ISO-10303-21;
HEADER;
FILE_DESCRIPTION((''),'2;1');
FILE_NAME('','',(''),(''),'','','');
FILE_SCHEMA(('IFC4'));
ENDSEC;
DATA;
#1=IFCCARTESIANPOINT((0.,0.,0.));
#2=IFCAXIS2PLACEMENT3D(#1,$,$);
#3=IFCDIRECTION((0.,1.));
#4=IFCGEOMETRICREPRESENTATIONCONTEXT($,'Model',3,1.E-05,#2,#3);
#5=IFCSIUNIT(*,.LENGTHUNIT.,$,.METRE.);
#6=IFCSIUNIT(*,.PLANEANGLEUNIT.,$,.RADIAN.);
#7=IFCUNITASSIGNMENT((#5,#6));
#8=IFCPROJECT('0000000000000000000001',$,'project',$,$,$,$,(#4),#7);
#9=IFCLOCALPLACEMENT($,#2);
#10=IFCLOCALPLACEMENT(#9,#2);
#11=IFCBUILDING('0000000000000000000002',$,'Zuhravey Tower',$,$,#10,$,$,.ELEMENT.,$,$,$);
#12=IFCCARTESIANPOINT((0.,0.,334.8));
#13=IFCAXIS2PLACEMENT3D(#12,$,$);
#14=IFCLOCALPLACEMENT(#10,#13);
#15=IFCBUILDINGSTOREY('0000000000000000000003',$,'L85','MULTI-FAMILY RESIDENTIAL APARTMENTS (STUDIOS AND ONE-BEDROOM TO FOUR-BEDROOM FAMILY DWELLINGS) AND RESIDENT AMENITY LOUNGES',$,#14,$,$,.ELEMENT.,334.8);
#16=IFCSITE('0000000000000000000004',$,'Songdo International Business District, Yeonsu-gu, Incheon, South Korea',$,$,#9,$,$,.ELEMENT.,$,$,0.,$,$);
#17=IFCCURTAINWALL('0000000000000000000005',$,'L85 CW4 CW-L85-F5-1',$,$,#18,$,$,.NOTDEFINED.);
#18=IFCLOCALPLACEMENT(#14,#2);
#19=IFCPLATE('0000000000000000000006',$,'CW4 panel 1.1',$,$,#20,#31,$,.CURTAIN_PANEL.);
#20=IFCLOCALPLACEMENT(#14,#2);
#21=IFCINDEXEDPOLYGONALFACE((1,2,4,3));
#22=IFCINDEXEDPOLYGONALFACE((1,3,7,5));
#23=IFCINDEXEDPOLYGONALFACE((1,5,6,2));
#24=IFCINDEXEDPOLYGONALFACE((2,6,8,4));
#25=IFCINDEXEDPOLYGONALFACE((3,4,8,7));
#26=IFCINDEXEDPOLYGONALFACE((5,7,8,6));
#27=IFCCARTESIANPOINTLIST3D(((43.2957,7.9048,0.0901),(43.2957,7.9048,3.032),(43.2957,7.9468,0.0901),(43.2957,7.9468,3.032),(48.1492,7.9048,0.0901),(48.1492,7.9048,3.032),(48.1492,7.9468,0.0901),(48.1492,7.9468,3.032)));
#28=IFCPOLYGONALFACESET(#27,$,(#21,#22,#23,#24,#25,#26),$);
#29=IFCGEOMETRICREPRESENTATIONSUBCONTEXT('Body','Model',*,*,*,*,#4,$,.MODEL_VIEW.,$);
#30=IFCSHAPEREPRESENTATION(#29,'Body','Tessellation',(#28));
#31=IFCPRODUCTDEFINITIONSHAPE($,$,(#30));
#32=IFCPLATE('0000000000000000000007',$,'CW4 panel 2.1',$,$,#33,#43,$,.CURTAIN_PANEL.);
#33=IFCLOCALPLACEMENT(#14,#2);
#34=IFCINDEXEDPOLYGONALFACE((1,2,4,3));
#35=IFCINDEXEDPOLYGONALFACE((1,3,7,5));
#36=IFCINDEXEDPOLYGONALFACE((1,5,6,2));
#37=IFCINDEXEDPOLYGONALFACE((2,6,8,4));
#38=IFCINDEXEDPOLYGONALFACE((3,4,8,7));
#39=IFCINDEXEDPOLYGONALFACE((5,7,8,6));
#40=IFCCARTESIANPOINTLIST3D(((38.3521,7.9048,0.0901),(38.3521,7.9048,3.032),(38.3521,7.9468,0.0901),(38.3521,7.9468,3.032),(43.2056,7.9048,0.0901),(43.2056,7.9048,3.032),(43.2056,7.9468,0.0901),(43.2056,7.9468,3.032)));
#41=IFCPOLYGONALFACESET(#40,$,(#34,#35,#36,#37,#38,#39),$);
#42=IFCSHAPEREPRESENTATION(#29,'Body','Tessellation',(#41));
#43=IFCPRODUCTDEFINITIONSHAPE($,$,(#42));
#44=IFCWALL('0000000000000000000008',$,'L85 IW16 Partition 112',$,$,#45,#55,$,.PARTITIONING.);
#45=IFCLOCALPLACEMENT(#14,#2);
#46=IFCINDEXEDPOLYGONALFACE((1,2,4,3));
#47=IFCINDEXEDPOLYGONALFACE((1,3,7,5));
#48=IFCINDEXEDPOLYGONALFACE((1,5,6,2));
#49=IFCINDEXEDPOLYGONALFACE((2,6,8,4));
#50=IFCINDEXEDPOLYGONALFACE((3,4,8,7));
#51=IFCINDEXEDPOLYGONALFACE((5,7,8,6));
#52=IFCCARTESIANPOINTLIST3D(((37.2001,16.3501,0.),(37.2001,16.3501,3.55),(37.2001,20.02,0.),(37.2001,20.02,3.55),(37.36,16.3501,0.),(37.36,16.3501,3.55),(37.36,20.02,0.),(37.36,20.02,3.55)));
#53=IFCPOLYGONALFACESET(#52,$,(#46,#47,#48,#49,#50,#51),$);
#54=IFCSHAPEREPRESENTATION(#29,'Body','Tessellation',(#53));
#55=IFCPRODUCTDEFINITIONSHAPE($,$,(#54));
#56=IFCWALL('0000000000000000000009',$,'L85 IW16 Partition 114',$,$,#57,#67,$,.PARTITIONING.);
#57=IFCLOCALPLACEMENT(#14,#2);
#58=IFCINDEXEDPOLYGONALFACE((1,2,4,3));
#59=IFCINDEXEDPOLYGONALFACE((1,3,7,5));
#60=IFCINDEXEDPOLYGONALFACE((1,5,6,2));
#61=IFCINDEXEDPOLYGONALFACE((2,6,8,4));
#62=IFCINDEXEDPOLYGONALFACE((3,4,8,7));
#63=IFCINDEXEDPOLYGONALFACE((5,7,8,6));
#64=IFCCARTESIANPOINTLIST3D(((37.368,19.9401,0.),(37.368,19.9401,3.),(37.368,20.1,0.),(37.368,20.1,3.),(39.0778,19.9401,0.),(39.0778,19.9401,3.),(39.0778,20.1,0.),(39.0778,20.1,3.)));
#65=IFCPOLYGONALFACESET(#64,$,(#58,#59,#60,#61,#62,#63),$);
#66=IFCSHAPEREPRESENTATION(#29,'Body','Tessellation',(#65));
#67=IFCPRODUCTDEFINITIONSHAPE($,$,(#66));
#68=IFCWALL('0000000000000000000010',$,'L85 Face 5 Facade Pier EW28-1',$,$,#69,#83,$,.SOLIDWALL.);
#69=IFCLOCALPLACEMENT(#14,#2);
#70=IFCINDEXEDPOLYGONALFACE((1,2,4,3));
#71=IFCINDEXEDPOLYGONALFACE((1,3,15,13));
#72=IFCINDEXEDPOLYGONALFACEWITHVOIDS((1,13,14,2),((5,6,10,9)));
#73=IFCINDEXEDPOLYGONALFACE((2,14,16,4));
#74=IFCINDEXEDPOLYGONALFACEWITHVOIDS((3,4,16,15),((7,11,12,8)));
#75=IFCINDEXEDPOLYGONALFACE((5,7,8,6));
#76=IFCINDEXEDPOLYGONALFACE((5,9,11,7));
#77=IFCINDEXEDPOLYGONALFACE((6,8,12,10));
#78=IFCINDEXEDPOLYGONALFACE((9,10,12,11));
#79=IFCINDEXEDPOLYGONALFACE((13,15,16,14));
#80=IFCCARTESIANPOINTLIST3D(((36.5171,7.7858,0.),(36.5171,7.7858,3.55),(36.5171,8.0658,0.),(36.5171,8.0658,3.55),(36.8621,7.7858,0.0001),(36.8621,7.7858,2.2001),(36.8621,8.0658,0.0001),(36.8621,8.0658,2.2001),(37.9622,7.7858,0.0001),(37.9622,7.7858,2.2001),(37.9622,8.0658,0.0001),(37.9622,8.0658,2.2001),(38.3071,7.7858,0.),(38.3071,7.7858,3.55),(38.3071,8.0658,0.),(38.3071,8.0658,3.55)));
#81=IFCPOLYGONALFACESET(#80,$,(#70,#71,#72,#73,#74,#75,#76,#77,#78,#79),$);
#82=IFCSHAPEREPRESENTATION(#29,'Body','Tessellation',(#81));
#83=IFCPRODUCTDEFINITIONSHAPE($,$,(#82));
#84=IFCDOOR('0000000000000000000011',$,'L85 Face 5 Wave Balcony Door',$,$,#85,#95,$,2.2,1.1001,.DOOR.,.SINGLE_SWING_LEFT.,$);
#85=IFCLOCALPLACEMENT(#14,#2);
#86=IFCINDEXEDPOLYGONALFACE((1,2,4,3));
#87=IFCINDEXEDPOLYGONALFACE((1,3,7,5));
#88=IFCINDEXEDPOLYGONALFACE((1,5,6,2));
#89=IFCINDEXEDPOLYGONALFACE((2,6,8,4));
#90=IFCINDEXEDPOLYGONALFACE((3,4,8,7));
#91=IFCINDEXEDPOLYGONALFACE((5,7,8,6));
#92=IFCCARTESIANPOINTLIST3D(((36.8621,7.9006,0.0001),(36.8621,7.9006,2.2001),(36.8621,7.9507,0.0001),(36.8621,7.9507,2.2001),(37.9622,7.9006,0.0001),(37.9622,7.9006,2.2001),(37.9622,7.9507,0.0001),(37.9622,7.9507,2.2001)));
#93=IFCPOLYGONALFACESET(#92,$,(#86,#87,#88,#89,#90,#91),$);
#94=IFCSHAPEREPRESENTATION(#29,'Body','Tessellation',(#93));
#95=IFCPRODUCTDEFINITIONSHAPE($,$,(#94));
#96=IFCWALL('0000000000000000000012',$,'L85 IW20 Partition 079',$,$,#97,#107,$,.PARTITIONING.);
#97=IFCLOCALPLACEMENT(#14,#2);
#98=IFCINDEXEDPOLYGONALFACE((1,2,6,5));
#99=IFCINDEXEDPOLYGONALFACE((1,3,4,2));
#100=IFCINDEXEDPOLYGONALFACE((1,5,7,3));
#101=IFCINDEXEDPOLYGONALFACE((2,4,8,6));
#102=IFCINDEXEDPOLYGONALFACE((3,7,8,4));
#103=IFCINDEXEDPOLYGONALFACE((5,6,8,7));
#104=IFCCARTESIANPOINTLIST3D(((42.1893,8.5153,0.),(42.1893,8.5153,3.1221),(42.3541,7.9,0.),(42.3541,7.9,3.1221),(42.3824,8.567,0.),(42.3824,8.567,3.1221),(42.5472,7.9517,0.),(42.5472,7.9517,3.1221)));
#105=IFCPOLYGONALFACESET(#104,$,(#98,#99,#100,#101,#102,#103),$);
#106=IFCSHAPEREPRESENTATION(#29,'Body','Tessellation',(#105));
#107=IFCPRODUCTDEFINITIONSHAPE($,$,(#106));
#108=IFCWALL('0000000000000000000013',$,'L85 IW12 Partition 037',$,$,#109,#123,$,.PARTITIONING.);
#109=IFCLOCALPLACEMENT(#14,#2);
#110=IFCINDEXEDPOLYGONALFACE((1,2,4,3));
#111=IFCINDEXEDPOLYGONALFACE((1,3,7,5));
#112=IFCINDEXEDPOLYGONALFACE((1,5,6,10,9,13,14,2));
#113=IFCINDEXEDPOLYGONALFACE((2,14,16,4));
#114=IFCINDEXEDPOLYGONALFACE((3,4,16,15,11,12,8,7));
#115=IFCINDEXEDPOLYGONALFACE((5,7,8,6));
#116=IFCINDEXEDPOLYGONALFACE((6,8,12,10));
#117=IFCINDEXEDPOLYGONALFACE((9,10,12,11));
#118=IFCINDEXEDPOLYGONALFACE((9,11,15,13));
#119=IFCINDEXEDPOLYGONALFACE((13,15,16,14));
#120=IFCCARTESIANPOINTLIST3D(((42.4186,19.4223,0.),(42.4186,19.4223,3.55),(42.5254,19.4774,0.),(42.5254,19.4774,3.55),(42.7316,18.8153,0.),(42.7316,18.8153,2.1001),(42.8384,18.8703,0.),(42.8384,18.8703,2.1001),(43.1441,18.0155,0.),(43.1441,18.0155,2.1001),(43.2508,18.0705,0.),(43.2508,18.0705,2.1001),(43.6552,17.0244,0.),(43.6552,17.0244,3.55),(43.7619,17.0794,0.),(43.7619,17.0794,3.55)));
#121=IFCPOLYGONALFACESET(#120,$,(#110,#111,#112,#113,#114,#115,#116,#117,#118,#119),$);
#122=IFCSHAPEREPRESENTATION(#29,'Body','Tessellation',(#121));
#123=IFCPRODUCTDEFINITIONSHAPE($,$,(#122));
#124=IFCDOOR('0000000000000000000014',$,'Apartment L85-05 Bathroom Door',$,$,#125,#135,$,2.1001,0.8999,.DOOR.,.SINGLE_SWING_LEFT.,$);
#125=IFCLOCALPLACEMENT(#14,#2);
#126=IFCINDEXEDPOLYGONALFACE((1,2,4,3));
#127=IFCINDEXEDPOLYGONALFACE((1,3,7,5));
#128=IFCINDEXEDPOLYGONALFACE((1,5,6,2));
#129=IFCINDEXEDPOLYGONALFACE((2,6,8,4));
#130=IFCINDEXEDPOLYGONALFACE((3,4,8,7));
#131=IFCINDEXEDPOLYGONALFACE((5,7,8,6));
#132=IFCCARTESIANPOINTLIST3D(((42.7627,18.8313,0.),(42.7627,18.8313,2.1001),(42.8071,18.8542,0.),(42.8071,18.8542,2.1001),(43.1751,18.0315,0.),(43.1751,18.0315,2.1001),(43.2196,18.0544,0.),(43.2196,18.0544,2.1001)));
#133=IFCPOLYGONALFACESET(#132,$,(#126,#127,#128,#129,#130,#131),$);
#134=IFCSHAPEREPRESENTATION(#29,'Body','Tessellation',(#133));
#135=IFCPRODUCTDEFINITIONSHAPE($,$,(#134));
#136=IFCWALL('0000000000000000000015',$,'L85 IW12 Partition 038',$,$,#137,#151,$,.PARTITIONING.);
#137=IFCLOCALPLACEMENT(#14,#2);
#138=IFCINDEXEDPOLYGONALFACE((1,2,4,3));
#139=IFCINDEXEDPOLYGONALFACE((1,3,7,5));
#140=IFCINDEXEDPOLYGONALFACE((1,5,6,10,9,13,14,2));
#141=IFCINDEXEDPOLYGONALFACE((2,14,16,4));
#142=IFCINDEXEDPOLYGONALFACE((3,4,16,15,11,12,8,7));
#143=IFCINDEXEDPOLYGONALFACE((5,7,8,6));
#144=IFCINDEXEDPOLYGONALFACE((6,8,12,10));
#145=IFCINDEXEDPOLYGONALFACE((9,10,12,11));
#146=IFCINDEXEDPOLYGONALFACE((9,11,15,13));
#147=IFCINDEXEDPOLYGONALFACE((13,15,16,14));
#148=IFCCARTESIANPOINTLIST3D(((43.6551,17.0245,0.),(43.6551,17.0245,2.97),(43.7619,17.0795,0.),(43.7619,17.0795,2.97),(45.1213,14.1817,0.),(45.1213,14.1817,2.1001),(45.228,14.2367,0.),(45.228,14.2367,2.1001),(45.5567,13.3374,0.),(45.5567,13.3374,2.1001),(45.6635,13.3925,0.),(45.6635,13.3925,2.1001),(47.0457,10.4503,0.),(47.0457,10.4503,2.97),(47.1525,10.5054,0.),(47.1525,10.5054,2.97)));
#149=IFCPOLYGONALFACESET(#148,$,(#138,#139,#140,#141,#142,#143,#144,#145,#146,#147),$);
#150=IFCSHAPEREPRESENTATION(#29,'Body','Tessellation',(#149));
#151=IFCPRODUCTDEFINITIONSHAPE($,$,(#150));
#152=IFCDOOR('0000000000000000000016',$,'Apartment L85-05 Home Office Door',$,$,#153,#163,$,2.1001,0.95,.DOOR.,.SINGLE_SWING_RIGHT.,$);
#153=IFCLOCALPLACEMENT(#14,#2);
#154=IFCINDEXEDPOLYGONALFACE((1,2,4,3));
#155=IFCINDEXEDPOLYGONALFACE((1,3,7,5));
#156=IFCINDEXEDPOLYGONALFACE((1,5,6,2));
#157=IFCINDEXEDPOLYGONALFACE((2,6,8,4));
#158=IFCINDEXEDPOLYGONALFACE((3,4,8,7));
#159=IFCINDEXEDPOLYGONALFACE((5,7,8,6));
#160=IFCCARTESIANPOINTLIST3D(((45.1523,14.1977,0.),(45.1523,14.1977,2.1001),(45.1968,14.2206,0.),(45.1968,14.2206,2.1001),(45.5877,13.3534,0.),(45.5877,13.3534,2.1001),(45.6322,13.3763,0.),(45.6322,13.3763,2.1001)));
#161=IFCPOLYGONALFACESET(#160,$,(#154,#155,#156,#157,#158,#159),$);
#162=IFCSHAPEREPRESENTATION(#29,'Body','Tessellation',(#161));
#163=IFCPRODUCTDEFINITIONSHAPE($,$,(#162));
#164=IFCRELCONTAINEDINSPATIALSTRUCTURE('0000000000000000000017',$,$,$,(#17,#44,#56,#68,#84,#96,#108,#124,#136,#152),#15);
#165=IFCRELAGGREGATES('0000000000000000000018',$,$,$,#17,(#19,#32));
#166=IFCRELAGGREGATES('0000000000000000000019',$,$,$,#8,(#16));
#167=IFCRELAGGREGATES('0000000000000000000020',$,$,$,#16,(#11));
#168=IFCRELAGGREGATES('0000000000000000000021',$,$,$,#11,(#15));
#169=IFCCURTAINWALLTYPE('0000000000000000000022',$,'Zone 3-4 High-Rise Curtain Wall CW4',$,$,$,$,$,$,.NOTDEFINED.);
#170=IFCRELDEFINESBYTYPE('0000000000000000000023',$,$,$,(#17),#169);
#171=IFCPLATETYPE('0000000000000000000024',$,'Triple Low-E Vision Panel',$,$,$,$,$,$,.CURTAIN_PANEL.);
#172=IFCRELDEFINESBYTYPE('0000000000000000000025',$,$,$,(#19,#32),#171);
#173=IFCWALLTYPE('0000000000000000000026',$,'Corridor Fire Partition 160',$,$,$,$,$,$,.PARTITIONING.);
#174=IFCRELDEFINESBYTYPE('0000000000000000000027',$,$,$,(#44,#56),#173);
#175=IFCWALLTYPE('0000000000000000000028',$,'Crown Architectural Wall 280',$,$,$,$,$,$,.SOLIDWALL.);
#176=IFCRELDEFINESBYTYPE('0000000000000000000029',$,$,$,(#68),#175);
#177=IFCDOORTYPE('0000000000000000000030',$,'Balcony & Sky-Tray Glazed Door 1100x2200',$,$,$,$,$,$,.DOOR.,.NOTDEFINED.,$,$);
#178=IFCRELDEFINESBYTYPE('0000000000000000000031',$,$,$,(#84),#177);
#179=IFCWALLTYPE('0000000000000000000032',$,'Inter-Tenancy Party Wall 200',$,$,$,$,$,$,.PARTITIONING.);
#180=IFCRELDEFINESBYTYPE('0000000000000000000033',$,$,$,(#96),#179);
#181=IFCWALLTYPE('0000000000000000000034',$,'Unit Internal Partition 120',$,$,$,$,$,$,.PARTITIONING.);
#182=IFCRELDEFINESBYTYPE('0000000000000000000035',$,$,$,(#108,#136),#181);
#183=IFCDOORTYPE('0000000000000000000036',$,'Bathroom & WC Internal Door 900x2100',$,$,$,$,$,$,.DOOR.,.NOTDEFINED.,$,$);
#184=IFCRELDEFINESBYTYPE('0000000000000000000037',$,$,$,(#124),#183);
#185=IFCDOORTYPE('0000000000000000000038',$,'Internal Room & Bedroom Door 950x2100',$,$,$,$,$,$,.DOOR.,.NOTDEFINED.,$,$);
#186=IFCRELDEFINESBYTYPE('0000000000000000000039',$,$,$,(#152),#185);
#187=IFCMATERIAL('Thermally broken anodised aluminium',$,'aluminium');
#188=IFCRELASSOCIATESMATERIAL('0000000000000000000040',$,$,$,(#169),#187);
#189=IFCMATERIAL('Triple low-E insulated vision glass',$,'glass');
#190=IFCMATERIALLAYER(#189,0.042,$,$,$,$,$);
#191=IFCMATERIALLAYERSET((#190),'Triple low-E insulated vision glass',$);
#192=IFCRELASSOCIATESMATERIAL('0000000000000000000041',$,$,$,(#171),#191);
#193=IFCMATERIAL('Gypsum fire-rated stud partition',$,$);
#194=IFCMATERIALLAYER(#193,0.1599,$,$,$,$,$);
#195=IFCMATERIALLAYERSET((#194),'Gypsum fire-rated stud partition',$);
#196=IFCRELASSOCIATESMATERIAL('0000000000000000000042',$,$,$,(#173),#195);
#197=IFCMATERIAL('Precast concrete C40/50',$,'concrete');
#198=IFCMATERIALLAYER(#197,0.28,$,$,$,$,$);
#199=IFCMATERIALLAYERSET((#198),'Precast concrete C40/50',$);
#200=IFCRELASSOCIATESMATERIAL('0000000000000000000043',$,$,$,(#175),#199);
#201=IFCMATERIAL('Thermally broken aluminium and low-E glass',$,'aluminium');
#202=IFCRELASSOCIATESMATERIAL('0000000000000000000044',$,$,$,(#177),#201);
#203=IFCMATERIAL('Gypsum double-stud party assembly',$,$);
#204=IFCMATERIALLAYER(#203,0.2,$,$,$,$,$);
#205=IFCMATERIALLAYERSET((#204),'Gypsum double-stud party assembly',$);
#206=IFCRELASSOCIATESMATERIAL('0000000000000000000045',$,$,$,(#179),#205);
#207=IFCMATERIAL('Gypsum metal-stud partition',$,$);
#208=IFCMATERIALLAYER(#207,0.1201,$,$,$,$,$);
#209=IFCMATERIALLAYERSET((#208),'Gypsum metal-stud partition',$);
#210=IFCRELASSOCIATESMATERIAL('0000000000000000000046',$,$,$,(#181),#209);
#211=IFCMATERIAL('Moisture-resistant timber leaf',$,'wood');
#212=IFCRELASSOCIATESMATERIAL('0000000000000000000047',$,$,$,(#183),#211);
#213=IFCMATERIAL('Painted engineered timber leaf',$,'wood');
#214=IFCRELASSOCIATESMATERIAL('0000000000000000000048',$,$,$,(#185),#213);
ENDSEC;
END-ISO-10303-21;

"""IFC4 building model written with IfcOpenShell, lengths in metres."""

from ifc_helpers import new_model, si_unit, direction, frame, frame_2d, origin, origin_2d, place, context, subcontext, project, spatial, rectangle, extrude, material, layer, layer_set, type_object, element, fill, aggregate, save


model = new_model("IFC4")

# Units and contexts
model_context = context("Model", 3, precision=1e-05, world=origin(), true_north=direction((0.0, 1.0)))
body_context = subcontext(model_context, "Body", "Model", "MODEL_VIEW")
ifc_project = project(units=[si_unit("LENGTHUNIT", "METRE"), si_unit("PLANEANGLEUNIT", "RADIAN")], contexts=[model_context])

# Site, building, storey
site_placement = place(None, origin())
site = spatial("IfcSite", under=ifc_project, at=site_placement, Name="Songdo International Business District, Yeonsu-gu, Incheon, South Korea", CompositionType="ELEMENT", RefElevation=0.0)
building_placement = place(site_placement, origin())
building = spatial("IfcBuilding", under=site, at=building_placement, Name="Zuhravey Tower", CompositionType="ELEMENT")
storey_placement = place(building_placement, frame((0.0, 0.0, 334.8)))
storey = spatial("IfcBuildingStorey", under=building, at=storey_placement, Name="L85", Description="MULTI-FAMILY RESIDENTIAL APARTMENTS (STUDIOS AND ONE-BEDROOM TO FOUR-BEDROOM FAMILY DWELLINGS) AND RESIDENT AMENITY LOUNGES", CompositionType="ELEMENT", Elevation=334.8)

# Curtain wall
ifc_material_1 = material(Name="Thermally broken anodised aluminium", Category="aluminium")
curtain_wall_type = type_object("IfcCurtainWallType", Name="Zone 3-4 High-Rise Curtain Wall CW4", PredefinedType="NOTDEFINED", material=ifc_material_1)
curtain_wall_1_placement = place(storey_placement, origin())
curtain_wall_1 = element("IfcCurtainWall", 1, at=curtain_wall_1_placement, inside=storey, type_object=curtain_wall_type, Name="L85 CW4 CW-L85-F5-1", PredefinedType="NOTDEFINED")

# Plates
ifc_material_2 = material(Name="Triple low-E insulated vision glass", Category="glass")
ifc_layer_1 = layer(ifc_material_2, 0.042)
ifc_layer_set_1 = layer_set([ifc_layer_1], Name="Triple low-E insulated vision glass")
plate_type = type_object("IfcPlateType", Name="Triple Low-E Vision Panel", PredefinedType="CURTAIN_PANEL", material=ifc_layer_set_1)
plate_1_placement = place(storey_placement, frame((45.7224, 7.9258, 0.0901), z_axis=(0.0, 0.0, 1.0), x_axis=(-1.0, 0.0, 0.0)))
plate_1 = element("IfcPlate", 2, at=plate_1_placement, type_object=plate_type, Name="CW4 panel 1.1", PredefinedType="CURTAIN_PANEL", context=body_context, shape_type="SweptSolid", body=[
    extrude(rectangle(XDim=4.8535, YDim=0.042, at=origin_2d()), origin(), (0.0, 0.0, 1.0), 2.9419),
])
plate_2_placement = place(storey_placement, frame((40.7788, 7.9258, 0.0901), z_axis=(0.0, 0.0, 1.0), x_axis=(-1.0, 0.0, 0.0)))
plate_2 = element("IfcPlate", 3, at=plate_2_placement, type_object=plate_type, Name="CW4 panel 2.1", PredefinedType="CURTAIN_PANEL", context=body_context, shape_type="SweptSolid", body=[
    extrude(rectangle(XDim=4.8535, YDim=0.042, at=origin_2d()), origin(), (0.0, 0.0, 1.0), 2.9419),
])
aggregate(curtain_wall_1, [plate_1, plate_2])

# Shared definitions
ifc_material_3 = material(Name="Gypsum fire-rated stud partition")
ifc_layer_2 = layer(ifc_material_3, 0.1599)
ifc_layer_set_2 = layer_set([ifc_layer_2], Name="Gypsum fire-rated stud partition")
wall_type_1 = type_object("IfcWallType", Name="Corridor Fire Partition 160", PredefinedType="PARTITIONING", material=ifc_layer_set_2)

# Walls
wall_1_placement = place(storey_placement, frame((37.28, 16.3501, 0.0), z_axis=(0.0, 0.0, 1.0), x_axis=(0.0, 1.0, 0.0)))
element("IfcWall", 4, at=wall_1_placement, inside=storey, type_object=wall_type_1, Name="L85 IW16 Partition 112", PredefinedType="PARTITIONING", context=body_context, shape_type="SweptSolid", body=[
    extrude(rectangle(XDim=3.6699, YDim=0.1599, at=frame_2d((1.835, 0.0))), origin(), (0.0, 0.0, 1.0), 3.55),
])
wall_2_placement = place(storey_placement, frame((37.3679, 20.02, 0.0), z_axis=(0.0, 0.0, 1.0), x_axis=(1.0, 0.0, 0.0)))
element("IfcWall", 5, at=wall_2_placement, inside=storey, type_object=wall_type_1, Name="L85 IW16 Partition 114", PredefinedType="PARTITIONING", context=body_context, shape_type="SweptSolid", body=[
    extrude(rectangle(XDim=1.7097, YDim=0.1599, at=frame_2d((0.855, 0.0))), origin(), (0.0, 0.0, 1.0), 3.0),
])

# Wall, opening, door
ifc_material_4 = material(Name="Precast concrete C40/50", Category="concrete")
ifc_layer_3 = layer(ifc_material_4, 0.28)
ifc_layer_set_3 = layer_set([ifc_layer_3], Name="Precast concrete C40/50")
wall_type_2 = type_object("IfcWallType", Name="Crown Architectural Wall 280", PredefinedType="SOLIDWALL", material=ifc_layer_set_3)
wall_3_placement = place(storey_placement, frame((38.3071, 7.9258, 0.0), z_axis=(0.0, 0.0, 1.0), x_axis=(-1.0, 0.0, 0.0)))
wall_3 = element("IfcWall", 6, at=wall_3_placement, inside=storey, type_object=wall_type_2, Name="L85 Face 5 Facade Pier EW28-1", PredefinedType="SOLIDWALL", context=body_context, shape_type="SweptSolid", body=[
    extrude(rectangle(XDim=1.79, YDim=0.28, at=frame_2d((0.895, 0.0))), origin(), (0.0, 0.0, 1.0), 3.55),
])
opening_1_placement = place(wall_3_placement, frame((0.345, 0.0, 0.0)))
opening_1 = element("IfcOpeningElement", 7, at=opening_1_placement, cuts=wall_3, PredefinedType="OPENING", context=body_context, shape_type="SweptSolid", body=[
    extrude(rectangle(XDim=1.1001, YDim=2.2, at=frame_2d((0.55, 1.1001))), frame((0.0, 0.1521, 0.0), z_axis=(0.0, -1.0, 0.0), x_axis=(1.0, 0.0, 0.0)), (0.0, 0.0, 1.0), 0.304),
])
ifc_material_5 = material(Name="Thermally broken aluminium and low-E glass", Category="aluminium")
door_type_1 = type_object("IfcDoorType", Name="Balcony & Sky-Tray Glazed Door 1100x2200", OperationType="NOTDEFINED", PredefinedType="DOOR", material=ifc_material_5)
door_1_placement = place(opening_1_placement, frame((1.1001, 0.0, 0.0), z_axis=(0.0, 0.0, 1.0), x_axis=(-1.0, 0.0, 0.0)))
door_1 = element("IfcDoor", 8, at=door_1_placement, inside=storey, type_object=door_type_1, Name="L85 Face 5 Wave Balcony Door", OperationType="SINGLE_SWING_LEFT", OverallHeight=2.2, OverallWidth=1.1001, PredefinedType="DOOR", context=body_context, shape_type="SweptSolid", body=[
    extrude(rectangle(XDim=1.1001, YDim=2.2, at=frame_2d((0.55, 1.1001))), frame((0.0, 0.0249, 0.0), z_axis=(0.0, -1.0, 0.0), x_axis=(1.0, 0.0, 0.0)), (0.0, 0.0, 1.0), 0.05),
])
fill(opening_1, door_1)

# Wall
ifc_material_6 = material(Name="Gypsum double-stud party assembly")
ifc_layer_4 = layer(ifc_material_6, 0.2)
ifc_layer_set_4 = layer_set([ifc_layer_4], Name="Gypsum double-stud party assembly")
wall_type_3 = type_object("IfcWallType", Name="Inter-Tenancy Party Wall 200", PredefinedType="PARTITIONING", material=ifc_layer_set_4)
wall_4_placement = place(storey_placement, frame((42.2859, 8.541, 0.0), z_axis=(0.0, 0.0, 1.0), x_axis=(0.258736, -0.965948, 0.0)))
element("IfcWall", 9, at=wall_4_placement, inside=storey, type_object=wall_type_3, Name="L85 IW20 Partition 079", PredefinedType="PARTITIONING", context=body_context, shape_type="SweptSolid", body=[
    extrude(rectangle(XDim=0.637, YDim=0.2, at=frame_2d((0.3184, 0.0))), origin(), (0.0, 0.0, 1.0), 3.1221),
])

# Walls, openings, doors
ifc_material_7 = material(Name="Gypsum metal-stud partition")
ifc_layer_5 = layer(ifc_material_7, 0.1201)
ifc_layer_set_5 = layer_set([ifc_layer_5], Name="Gypsum metal-stud partition")
wall_type_4 = type_object("IfcWallType", Name="Unit Internal Partition 120", PredefinedType="PARTITIONING", material=ifc_layer_set_5)
wall_5_placement = place(storey_placement, frame((42.4719, 19.45, 0.0), z_axis=(0.0, 0.0, 1.0), x_axis=(0.458327, -0.888784, 0.0)))
wall_5 = element("IfcWall", 10, at=wall_5_placement, inside=storey, type_object=wall_type_4, Name="L85 IW12 Partition 037", PredefinedType="PARTITIONING", context=body_context, shape_type="SweptSolid", body=[
    extrude(rectangle(XDim=2.698, YDim=0.1201, at=frame_2d((1.3491, 0.0))), origin(), (0.0, 0.0, 1.0), 3.55),
])
opening_2_placement = place(wall_5_placement, frame((0.6831, 0.0, 0.0)))
opening_2 = element("IfcOpeningElement", 11, at=opening_2_placement, cuts=wall_5, PredefinedType="OPENING", context=body_context, shape_type="SweptSolid", body=[
    extrude(rectangle(XDim=0.8999, YDim=2.1001, at=frame_2d((0.45, 1.05))), frame((0.0, 0.072, 0.0), z_axis=(0.0, -1.0, 0.0), x_axis=(1.0, 0.0, 0.0)), (0.0, 0.0, 1.0), 0.144),
])
ifc_material_8 = material(Name="Moisture-resistant timber leaf", Category="wood")
door_type_2 = type_object("IfcDoorType", Name="Bathroom & WC Internal Door 900x2100", OperationType="NOTDEFINED", PredefinedType="DOOR", material=ifc_material_8)
door_2_placement = place(opening_2_placement, origin())
door_2 = element("IfcDoor", 12, at=door_2_placement, inside=storey, type_object=door_type_2, Name="Apartment L85-05 Bathroom Door", OperationType="SINGLE_SWING_LEFT", OverallHeight=2.1001, OverallWidth=0.8999, PredefinedType="DOOR", context=body_context, shape_type="SweptSolid", body=[
    extrude(rectangle(XDim=0.8999, YDim=2.1001, at=frame_2d((0.45, 1.05))), frame((0.0, 0.0249, 0.0), z_axis=(0.0, -1.0, 0.0), x_axis=(1.0, 0.0, 0.0)), (0.0, 0.0, 1.0), 0.05),
])
fill(opening_2, door_2)
wall_6_placement = place(storey_placement, frame((43.7085, 17.052, 0.0), z_axis=(0.0, 0.0, 1.0), x_axis=(0.458374, -0.888759, 0.0)))
wall_6 = element("IfcWall", 13, at=wall_6_placement, inside=storey, type_object=wall_type_4, Name="L85 IW12 Partition 038", PredefinedType="PARTITIONING", context=body_context, shape_type="SweptSolid", body=[
    extrude(rectangle(XDim=7.397, YDim=0.1201, at=frame_2d((3.6985, 0.0))), origin(), (0.0, 0.0, 1.0), 2.97),
])
opening_3_placement = place(wall_6_placement, frame((3.1985, 0.0, 0.0)))
opening_3 = element("IfcOpeningElement", 14, at=opening_3_placement, cuts=wall_6, PredefinedType="OPENING", context=body_context, shape_type="SweptSolid", body=[
    extrude(rectangle(XDim=0.95, YDim=2.1001, at=frame_2d((0.4751, 1.05))), frame((0.0, 0.072, 0.0), z_axis=(0.0, -1.0, 0.0), x_axis=(1.0, 0.0, 0.0)), (0.0, 0.0, 1.0), 0.144),
])
ifc_material_9 = material(Name="Painted engineered timber leaf", Category="wood")
door_type_3 = type_object("IfcDoorType", Name="Internal Room & Bedroom Door 950x2100", OperationType="NOTDEFINED", PredefinedType="DOOR", material=ifc_material_9)
door_3_placement = place(opening_3_placement, origin())
door_3 = element("IfcDoor", 15, at=door_3_placement, inside=storey, type_object=door_type_3, Name="Apartment L85-05 Home Office Door", OperationType="SINGLE_SWING_RIGHT", OverallHeight=2.1001, OverallWidth=0.95, PredefinedType="DOOR", context=body_context, shape_type="SweptSolid", body=[
    extrude(rectangle(XDim=0.95, YDim=2.1001, at=frame_2d((0.4751, 1.05))), frame((0.0, 0.0249, 0.0), z_axis=(0.0, -1.0, 0.0), x_axis=(1.0, 0.0, 0.0)), (0.0, 0.0, 1.0), 0.05),
])
fill(opening_3, door_3)

save(model, "model.ifc")
